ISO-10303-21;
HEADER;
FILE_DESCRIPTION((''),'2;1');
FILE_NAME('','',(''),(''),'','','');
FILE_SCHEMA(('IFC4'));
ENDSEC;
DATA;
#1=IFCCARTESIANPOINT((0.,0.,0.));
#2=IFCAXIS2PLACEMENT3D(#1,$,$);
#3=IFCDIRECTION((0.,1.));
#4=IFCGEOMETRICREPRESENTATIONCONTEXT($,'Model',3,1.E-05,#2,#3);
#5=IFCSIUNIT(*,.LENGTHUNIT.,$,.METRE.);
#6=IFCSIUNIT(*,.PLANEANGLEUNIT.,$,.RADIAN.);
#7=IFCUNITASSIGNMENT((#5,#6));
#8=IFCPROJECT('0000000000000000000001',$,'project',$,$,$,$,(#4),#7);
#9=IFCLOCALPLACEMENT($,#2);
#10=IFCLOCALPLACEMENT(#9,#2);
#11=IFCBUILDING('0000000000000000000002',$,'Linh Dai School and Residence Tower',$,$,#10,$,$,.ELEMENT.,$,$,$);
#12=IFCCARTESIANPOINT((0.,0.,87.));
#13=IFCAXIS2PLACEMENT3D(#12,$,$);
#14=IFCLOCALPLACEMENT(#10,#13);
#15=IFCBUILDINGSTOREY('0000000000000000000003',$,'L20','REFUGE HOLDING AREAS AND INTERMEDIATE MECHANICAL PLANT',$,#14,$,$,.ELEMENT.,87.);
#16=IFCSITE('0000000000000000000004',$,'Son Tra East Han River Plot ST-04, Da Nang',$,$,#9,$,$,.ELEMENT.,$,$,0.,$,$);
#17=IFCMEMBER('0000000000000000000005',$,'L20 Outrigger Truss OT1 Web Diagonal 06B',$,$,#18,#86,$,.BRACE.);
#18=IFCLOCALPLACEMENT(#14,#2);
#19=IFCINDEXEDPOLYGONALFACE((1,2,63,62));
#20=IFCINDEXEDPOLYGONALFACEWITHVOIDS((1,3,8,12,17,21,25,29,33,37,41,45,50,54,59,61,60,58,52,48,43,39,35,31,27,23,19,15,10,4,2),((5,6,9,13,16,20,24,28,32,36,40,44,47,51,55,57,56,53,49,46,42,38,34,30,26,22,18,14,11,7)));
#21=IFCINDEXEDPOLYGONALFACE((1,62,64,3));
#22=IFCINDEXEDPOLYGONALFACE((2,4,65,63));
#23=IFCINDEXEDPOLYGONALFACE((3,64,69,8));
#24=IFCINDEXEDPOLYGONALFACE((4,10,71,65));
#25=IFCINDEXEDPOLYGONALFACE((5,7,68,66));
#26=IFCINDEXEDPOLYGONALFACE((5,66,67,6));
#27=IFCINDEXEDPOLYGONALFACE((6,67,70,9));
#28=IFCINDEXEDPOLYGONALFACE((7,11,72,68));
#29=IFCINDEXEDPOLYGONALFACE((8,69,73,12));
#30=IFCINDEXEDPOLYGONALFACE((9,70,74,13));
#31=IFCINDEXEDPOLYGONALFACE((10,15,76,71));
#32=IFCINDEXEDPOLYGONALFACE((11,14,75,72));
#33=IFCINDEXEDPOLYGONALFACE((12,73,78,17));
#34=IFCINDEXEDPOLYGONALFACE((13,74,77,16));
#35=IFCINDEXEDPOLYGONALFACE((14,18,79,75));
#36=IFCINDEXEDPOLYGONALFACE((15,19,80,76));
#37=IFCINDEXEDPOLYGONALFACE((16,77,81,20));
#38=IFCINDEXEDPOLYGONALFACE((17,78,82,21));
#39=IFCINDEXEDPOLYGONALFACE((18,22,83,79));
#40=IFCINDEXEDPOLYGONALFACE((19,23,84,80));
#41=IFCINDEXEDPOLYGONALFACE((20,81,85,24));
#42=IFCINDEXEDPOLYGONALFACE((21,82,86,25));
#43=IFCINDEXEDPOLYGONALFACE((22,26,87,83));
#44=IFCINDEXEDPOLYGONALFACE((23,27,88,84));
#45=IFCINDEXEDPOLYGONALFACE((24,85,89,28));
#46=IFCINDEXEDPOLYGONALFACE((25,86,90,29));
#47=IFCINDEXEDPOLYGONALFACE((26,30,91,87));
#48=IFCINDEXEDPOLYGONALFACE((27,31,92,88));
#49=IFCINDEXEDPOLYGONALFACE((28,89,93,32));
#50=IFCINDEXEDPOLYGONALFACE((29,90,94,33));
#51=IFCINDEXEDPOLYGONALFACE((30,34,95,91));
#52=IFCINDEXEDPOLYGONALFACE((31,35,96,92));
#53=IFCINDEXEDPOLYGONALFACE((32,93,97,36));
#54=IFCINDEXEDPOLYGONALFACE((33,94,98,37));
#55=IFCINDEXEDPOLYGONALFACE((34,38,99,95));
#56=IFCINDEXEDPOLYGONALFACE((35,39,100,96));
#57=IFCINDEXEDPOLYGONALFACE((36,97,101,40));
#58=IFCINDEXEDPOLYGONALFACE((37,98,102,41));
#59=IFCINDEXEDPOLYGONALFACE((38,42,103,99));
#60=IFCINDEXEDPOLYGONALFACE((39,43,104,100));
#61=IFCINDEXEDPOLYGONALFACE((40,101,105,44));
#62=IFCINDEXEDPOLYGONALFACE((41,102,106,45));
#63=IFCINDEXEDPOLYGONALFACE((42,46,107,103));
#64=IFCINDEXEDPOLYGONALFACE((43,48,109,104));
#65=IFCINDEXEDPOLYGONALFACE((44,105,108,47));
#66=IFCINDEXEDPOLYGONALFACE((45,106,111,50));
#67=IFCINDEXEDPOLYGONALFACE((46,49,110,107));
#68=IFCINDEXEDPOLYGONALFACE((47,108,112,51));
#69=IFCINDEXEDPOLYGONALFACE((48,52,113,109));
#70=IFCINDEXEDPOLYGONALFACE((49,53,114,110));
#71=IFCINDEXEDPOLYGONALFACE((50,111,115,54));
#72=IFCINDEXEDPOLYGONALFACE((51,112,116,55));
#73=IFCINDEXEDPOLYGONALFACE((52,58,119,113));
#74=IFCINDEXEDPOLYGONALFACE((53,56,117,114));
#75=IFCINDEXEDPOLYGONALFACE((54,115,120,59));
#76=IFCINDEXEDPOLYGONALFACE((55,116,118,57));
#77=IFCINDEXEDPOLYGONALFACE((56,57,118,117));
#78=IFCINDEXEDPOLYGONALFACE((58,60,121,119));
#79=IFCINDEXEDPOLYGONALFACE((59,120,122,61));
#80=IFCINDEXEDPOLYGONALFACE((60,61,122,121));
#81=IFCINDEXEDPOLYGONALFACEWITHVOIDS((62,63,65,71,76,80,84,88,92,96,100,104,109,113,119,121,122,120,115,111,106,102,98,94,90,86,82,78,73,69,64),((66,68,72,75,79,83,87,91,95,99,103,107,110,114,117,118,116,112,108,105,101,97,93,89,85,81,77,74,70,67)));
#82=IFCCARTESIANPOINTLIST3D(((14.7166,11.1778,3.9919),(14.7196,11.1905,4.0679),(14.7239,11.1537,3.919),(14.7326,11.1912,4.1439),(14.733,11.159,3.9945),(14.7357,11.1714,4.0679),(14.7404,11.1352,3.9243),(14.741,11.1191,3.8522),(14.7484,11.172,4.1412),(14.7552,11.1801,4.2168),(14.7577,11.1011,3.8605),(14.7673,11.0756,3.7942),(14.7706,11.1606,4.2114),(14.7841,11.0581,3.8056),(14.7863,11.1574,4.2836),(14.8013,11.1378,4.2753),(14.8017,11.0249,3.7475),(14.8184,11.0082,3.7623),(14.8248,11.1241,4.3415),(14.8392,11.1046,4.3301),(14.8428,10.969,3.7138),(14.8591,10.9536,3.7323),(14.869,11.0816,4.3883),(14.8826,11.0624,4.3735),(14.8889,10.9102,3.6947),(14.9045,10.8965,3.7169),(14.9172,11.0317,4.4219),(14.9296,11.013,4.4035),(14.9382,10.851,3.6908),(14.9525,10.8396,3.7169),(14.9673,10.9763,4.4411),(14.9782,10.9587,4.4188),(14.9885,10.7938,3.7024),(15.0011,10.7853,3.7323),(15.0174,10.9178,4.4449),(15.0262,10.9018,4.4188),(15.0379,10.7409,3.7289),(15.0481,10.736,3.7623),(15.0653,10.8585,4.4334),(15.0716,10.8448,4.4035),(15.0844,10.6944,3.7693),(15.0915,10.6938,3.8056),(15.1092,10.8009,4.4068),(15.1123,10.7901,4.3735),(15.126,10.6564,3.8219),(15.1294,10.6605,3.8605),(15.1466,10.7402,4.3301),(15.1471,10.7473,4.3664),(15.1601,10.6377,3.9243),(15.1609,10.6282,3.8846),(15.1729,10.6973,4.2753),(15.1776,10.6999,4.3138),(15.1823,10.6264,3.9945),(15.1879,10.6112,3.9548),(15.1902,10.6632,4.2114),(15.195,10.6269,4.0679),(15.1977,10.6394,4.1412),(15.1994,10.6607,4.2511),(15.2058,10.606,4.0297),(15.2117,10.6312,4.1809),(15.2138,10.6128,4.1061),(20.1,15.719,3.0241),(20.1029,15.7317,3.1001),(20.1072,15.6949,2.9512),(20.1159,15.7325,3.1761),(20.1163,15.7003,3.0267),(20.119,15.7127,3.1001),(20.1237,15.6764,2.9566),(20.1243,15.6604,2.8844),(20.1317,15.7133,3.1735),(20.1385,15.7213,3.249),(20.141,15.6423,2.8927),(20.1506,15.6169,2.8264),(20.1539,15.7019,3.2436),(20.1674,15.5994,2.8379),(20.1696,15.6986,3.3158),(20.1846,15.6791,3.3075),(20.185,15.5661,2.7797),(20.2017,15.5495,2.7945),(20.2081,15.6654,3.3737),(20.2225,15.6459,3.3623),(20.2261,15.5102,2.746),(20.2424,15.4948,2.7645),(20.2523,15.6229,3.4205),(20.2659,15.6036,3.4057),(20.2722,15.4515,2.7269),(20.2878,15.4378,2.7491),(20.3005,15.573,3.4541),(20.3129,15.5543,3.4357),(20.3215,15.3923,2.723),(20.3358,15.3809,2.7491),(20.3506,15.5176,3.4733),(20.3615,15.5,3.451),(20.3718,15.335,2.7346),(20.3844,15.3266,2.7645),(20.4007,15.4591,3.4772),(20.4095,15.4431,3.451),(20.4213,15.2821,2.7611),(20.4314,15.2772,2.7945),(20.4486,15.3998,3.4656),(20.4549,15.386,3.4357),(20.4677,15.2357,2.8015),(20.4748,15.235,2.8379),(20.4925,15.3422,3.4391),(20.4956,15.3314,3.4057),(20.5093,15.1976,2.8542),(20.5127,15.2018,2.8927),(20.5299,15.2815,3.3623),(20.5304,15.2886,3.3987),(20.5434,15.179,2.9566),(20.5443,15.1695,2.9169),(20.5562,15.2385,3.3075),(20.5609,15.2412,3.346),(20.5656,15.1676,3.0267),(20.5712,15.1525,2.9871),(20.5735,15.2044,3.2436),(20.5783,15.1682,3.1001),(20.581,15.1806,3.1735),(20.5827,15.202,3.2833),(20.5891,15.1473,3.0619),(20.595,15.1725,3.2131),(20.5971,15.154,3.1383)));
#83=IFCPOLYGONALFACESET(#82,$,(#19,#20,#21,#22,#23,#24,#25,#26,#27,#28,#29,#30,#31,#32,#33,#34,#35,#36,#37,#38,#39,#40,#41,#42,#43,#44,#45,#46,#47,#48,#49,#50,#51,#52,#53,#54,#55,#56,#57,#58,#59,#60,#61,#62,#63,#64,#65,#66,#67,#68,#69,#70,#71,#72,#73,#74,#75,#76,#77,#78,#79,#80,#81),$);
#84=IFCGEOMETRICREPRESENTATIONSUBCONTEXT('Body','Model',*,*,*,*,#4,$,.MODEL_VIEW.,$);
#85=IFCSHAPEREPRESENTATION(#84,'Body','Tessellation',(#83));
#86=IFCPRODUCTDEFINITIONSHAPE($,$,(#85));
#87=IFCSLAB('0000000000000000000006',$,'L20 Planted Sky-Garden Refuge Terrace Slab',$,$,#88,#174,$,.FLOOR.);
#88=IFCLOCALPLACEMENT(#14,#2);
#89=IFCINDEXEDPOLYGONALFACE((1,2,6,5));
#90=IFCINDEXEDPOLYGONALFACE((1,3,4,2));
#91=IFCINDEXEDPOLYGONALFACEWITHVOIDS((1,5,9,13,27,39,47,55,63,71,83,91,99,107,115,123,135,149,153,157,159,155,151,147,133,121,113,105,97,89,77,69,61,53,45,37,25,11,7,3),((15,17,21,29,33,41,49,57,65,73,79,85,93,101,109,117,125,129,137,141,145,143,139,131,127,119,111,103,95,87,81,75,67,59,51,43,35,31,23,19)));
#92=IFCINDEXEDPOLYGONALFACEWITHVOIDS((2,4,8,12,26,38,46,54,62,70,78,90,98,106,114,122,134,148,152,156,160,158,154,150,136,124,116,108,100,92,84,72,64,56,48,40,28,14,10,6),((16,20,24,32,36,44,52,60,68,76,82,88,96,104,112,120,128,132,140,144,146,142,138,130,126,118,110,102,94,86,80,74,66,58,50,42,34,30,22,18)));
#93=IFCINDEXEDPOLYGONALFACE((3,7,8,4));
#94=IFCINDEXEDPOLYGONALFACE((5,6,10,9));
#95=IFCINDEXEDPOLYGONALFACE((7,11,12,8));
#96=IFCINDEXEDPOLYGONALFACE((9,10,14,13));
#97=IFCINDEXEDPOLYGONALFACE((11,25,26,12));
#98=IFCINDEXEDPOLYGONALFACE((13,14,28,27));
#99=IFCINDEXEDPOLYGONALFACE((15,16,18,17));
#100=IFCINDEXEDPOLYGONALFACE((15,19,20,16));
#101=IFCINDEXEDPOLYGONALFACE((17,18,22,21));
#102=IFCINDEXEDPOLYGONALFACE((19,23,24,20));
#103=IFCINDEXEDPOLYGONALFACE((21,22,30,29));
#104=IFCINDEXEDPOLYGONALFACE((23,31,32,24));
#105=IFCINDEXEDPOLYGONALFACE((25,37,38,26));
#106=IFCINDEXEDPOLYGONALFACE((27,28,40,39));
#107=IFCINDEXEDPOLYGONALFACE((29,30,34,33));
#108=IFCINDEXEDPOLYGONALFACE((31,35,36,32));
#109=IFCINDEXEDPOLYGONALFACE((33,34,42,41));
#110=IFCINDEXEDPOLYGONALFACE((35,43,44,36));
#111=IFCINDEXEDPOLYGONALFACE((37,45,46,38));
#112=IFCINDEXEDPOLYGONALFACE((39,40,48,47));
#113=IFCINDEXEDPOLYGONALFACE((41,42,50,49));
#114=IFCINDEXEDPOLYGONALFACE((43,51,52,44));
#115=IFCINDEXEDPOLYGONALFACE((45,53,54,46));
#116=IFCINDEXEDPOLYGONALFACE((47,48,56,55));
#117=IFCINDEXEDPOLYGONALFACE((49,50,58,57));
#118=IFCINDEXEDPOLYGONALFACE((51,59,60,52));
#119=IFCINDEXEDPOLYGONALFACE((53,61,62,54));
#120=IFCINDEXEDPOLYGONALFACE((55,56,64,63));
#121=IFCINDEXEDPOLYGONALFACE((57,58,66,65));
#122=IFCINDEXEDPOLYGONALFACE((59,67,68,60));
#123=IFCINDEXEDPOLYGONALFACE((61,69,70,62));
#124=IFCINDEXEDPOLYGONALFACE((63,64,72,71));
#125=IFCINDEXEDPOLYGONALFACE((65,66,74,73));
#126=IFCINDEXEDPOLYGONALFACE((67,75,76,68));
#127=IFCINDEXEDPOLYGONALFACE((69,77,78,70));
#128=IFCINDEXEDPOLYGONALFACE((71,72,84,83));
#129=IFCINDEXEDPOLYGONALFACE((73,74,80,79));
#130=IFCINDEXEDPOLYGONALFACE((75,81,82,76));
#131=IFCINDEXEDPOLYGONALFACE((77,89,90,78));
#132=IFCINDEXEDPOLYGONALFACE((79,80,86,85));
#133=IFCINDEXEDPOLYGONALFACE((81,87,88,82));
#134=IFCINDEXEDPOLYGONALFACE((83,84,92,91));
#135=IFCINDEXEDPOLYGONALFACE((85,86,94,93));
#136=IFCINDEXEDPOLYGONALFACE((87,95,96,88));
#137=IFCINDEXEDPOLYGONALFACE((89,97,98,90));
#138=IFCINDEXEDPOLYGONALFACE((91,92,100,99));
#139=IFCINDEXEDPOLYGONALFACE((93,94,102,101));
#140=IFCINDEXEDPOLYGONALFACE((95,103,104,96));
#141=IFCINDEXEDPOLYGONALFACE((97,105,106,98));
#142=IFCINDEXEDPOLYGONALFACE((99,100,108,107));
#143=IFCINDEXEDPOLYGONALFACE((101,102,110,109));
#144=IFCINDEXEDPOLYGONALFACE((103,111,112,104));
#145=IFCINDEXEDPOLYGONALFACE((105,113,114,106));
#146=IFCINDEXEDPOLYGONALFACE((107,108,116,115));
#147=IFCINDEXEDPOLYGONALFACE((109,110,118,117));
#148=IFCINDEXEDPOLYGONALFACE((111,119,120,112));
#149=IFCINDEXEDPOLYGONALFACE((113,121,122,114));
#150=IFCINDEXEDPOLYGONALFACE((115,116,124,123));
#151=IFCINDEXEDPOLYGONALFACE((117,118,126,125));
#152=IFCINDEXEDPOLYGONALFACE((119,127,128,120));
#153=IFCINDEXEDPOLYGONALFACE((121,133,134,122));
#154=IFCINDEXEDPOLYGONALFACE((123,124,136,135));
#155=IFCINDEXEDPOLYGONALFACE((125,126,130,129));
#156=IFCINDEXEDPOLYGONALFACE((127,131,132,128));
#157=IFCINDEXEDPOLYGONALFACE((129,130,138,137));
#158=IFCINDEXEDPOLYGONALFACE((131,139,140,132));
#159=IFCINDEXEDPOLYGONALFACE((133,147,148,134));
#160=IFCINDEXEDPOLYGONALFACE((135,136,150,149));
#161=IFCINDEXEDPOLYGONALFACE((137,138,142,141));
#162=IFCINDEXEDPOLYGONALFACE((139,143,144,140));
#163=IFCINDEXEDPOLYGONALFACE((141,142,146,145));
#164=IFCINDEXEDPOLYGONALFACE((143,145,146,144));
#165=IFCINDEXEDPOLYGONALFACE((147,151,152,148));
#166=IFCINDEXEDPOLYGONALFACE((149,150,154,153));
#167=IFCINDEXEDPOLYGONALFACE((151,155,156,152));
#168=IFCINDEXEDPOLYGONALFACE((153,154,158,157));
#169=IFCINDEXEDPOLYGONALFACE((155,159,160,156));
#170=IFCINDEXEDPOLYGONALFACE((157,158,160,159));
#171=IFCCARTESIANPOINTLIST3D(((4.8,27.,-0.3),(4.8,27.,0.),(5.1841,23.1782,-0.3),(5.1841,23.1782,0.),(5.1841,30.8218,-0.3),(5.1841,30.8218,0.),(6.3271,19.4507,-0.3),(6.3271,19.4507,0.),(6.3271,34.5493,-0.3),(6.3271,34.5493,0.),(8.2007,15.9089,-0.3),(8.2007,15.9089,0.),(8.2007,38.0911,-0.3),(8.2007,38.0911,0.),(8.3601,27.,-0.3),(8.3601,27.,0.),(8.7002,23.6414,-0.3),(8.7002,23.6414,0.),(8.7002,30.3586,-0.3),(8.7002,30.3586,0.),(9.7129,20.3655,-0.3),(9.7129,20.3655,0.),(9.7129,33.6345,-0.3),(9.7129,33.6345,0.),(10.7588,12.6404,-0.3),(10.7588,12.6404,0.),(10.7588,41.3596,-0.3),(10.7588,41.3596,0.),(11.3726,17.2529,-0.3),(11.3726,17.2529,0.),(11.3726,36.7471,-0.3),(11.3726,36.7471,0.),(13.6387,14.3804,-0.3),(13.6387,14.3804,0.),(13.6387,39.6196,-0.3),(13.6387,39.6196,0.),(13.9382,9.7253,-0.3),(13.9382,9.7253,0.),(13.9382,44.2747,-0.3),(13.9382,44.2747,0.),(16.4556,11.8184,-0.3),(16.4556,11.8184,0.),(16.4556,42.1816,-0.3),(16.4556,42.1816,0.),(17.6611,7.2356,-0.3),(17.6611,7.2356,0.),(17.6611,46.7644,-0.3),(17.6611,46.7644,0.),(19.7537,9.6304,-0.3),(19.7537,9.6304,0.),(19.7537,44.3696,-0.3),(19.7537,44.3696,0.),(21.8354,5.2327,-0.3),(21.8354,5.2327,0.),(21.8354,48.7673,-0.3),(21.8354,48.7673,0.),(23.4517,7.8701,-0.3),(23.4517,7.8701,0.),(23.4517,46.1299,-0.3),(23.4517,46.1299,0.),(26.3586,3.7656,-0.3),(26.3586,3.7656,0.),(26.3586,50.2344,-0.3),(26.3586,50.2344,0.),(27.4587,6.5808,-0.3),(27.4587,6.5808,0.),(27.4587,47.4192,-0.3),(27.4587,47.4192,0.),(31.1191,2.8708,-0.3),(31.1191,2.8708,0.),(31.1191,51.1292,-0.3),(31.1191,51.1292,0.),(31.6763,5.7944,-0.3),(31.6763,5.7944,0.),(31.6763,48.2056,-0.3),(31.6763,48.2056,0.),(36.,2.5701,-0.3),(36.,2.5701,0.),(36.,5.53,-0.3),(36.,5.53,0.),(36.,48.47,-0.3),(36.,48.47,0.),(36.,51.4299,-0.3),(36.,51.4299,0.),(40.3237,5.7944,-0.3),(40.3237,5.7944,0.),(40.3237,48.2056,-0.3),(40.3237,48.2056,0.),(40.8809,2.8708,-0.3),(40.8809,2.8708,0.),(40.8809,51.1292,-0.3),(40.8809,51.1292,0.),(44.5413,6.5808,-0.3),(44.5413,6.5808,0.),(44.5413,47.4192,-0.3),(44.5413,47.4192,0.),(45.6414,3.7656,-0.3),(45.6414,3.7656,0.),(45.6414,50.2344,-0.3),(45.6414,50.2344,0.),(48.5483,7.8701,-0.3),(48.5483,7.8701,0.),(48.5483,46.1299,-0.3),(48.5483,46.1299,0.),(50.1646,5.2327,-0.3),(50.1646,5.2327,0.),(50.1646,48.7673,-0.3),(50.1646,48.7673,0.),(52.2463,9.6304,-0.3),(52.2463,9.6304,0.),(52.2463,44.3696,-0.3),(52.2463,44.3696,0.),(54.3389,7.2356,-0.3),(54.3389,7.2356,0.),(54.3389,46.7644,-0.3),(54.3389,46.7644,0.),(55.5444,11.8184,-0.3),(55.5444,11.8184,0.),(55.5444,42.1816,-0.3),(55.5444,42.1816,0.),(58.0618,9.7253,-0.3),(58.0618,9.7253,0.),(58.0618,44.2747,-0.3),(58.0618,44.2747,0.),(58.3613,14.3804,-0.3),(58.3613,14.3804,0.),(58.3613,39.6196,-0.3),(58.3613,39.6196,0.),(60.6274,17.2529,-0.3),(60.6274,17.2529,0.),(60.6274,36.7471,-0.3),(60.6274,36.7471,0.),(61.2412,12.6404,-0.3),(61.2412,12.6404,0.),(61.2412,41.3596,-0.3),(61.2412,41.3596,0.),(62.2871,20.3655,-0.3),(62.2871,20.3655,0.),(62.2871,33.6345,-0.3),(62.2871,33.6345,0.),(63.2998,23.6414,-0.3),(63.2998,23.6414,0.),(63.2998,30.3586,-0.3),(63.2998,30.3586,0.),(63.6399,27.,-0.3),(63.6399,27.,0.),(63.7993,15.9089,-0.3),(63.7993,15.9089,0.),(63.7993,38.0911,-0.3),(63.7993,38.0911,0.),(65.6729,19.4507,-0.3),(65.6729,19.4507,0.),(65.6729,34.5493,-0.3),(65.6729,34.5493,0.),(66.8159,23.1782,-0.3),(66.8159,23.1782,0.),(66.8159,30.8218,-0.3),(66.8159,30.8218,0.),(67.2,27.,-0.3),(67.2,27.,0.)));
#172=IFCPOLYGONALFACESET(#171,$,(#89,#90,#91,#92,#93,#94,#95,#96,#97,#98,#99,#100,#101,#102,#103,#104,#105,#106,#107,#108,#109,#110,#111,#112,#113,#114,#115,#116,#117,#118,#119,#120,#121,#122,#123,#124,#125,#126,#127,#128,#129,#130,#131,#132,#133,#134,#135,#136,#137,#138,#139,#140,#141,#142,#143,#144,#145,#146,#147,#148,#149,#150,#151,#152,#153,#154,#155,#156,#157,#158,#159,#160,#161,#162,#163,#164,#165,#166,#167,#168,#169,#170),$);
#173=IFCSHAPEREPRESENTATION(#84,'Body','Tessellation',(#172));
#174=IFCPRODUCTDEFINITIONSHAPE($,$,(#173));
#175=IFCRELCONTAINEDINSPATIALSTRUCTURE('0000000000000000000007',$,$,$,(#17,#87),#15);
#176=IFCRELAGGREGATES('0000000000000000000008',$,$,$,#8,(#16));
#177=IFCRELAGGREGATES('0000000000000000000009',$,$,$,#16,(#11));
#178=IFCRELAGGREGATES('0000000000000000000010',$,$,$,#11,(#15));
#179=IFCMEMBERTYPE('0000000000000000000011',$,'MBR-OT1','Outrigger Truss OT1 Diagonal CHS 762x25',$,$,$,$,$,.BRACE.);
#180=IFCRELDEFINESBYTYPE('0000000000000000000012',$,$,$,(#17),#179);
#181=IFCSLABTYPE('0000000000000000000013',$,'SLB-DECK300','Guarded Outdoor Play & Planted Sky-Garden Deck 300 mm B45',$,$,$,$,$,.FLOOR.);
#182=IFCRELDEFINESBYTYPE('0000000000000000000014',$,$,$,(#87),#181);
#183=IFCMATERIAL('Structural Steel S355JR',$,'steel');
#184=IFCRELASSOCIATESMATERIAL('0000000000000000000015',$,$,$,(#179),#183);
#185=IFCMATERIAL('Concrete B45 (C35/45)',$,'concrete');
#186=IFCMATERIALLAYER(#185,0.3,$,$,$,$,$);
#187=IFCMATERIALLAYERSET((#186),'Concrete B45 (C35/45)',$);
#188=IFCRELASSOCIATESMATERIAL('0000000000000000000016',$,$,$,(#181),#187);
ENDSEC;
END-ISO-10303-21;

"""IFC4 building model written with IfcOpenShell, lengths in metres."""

from ifc_helpers import new_model, si_unit, direction, frame, origin, origin_2d, place, context, subcontext, project, spatial, polyline, hollow_circle, outline, extrude, material, layer, layer_set, material_profile, profile_set, type_object, element, save


model = new_model("IFC4")

# Units and contexts
model_context = context("Model", 3, precision=1e-05, world=origin(), true_north=direction((0.0, 1.0)))
body_context = subcontext(model_context, "Body", "Model", "MODEL_VIEW")
ifc_project = project(units=[si_unit("LENGTHUNIT", "METRE"), si_unit("PLANEANGLEUNIT", "RADIAN")], contexts=[model_context])

# Site, building, storey
site_placement = place(None, origin())
site = spatial("IfcSite", under=ifc_project, at=site_placement, Name="Son Tra East Han River Plot ST-04, Da Nang", CompositionType="ELEMENT", RefElevation=0.0)
building_placement = place(site_placement, origin())
building = spatial("IfcBuilding", under=site, at=building_placement, Name="Linh Dai School and Residence Tower", CompositionType="ELEMENT")
storey_placement = place(building_placement, frame((0.0, 0.0, 87.0)))
storey = spatial("IfcBuildingStorey", under=building, at=storey_placement, Name="L20", Description="REFUGE HOLDING AREAS AND INTERMEDIATE MECHANICAL PLANT", CompositionType="ELEMENT", Elevation=87.0)

# Shared definitions
ifc_material_1 = material(Name="Structural Steel S355JR", Category="steel")

# Member
ifc_material_profile_1 = material_profile(ifc_material_1, hollow_circle(Radius=0.3811, WallThickness=0.0249, at=origin_2d()), Name="CHS 762x25")
ifc_profile_set_1 = profile_set([ifc_material_profile_1], Name="Structural Steel S355JR")
member_type_1 = type_object("IfcMemberType", Name="MBR-OT1", Description="Outrigger Truss OT1 Diagonal CHS 762x25", PredefinedType="BRACE", material=ifc_profile_set_1)
member_1_placement = place(storey_placement, frame((14.9653, 10.8992, 4.0679), z_axis=(0.757239, 0.638794, -0.136131), x_axis=(-0.644796, 0.764354, 0.0)))
element("IfcMember", 1, at=member_1_placement, inside=storey, type_object=member_type_1, Name="L20 Outrigger Truss OT1 Web Diagonal 06B", PredefinedType="BRACE", context=body_context, shape_type="SweptSolid", body=[
    extrude(hollow_circle(Radius=0.3811, WallThickness=0.0249, at=origin_2d()), origin(), (0.0, 0.0, 1.0), 7.1091),
])

# Slab
ifc_material_2 = material(Name="Concrete B45 (C35/45)", Category="concrete")
ifc_layer_1 = layer(ifc_material_2, 0.3)
ifc_layer_set_1 = layer_set([ifc_layer_1], Name="Concrete B45 (C35/45)")
slab_type_1 = type_object("IfcSlabType", Name="SLB-DECK300", Description="Guarded Outdoor Play & Planted Sky-Garden Deck 300 mm B45", PredefinedType="FLOOR", material=ifc_layer_set_1)
slab_1_placement = place(storey_placement, frame((0.0, 0.0, -0.3)))
element("IfcSlab", 2, at=slab_1_placement, inside=storey, type_object=slab_type_1, Name="L20 Planted Sky-Garden Refuge Terrace Slab", PredefinedType="FLOOR", context=body_context, shape_type="SweptSolid", body=[
    extrude(outline(polyline([(67.2, 27.0), (66.8159, 30.8218), (65.6729, 34.5493), (63.7993, 38.0911), (61.2412, 41.3596), (58.0618, 44.2747), (54.3389, 46.7644), (50.1646, 48.7673), (45.6414, 50.2344), (40.8809, 51.1292), (36.0, 51.4299), (31.1191, 51.1292), (26.3586, 50.2344), (21.8354, 48.7673), (17.6611, 46.7644), (13.9382, 44.2747), (10.7588, 41.3596), (8.2007, 38.0911), (6.3271, 34.5493), (5.1841, 30.8218), (4.8, 27.0), (5.1841, 23.1782), (6.3271, 19.4507), (8.2007, 15.9089), (10.7588, 12.6404), (13.9382, 9.7253), (17.6611, 7.2356), (21.8354, 5.2327), (26.3586, 3.7656), (31.1191, 2.8708), (36.0, 2.5701), (40.8809, 2.8708), (45.6414, 3.7656), (50.1646, 5.2327), (54.3389, 7.2356), (58.0618, 9.7253), (61.2412, 12.6404), (63.7993, 15.9089), (65.6729, 19.4507), (66.8159, 23.1782), (67.2, 27.0)]), holes=[polyline([(63.6399, 27.0), (63.2998, 30.3586), (62.2871, 33.6345), (60.6274, 36.7471), (58.3613, 39.6196), (55.5444, 42.1816), (52.2463, 44.3696), (48.5483, 46.1299), (44.5413, 47.4192), (40.3237, 48.2056), (36.0, 48.47), (31.6763, 48.2056), (27.4587, 47.4192), (23.4517, 46.1299), (19.7537, 44.3696), (16.4556, 42.1816), (13.6387, 39.6196), (11.3726, 36.7471), (9.7129, 33.6345), (8.7002, 30.3586), (8.3601, 27.0), (8.7002, 23.6414), (9.7129, 20.3655), (11.3726, 17.2529), (13.6387, 14.3804), (16.4556, 11.8184), (19.7537, 9.6304), (23.4517, 7.8701), (27.4587, 6.5808), (31.6763, 5.7944), (36.0, 5.53), (40.3237, 5.7944), (44.5413, 6.5808), (48.5483, 7.8701), (52.2463, 9.6304), (55.5444, 11.8184), (58.3613, 14.3804), (60.6274, 17.2529), (62.2871, 20.3655), (63.2998, 23.6414), (63.6399, 27.0)])]), origin(), (0.0, 0.0, 1.0), 0.3),
])

save(model, "model.ifc")
